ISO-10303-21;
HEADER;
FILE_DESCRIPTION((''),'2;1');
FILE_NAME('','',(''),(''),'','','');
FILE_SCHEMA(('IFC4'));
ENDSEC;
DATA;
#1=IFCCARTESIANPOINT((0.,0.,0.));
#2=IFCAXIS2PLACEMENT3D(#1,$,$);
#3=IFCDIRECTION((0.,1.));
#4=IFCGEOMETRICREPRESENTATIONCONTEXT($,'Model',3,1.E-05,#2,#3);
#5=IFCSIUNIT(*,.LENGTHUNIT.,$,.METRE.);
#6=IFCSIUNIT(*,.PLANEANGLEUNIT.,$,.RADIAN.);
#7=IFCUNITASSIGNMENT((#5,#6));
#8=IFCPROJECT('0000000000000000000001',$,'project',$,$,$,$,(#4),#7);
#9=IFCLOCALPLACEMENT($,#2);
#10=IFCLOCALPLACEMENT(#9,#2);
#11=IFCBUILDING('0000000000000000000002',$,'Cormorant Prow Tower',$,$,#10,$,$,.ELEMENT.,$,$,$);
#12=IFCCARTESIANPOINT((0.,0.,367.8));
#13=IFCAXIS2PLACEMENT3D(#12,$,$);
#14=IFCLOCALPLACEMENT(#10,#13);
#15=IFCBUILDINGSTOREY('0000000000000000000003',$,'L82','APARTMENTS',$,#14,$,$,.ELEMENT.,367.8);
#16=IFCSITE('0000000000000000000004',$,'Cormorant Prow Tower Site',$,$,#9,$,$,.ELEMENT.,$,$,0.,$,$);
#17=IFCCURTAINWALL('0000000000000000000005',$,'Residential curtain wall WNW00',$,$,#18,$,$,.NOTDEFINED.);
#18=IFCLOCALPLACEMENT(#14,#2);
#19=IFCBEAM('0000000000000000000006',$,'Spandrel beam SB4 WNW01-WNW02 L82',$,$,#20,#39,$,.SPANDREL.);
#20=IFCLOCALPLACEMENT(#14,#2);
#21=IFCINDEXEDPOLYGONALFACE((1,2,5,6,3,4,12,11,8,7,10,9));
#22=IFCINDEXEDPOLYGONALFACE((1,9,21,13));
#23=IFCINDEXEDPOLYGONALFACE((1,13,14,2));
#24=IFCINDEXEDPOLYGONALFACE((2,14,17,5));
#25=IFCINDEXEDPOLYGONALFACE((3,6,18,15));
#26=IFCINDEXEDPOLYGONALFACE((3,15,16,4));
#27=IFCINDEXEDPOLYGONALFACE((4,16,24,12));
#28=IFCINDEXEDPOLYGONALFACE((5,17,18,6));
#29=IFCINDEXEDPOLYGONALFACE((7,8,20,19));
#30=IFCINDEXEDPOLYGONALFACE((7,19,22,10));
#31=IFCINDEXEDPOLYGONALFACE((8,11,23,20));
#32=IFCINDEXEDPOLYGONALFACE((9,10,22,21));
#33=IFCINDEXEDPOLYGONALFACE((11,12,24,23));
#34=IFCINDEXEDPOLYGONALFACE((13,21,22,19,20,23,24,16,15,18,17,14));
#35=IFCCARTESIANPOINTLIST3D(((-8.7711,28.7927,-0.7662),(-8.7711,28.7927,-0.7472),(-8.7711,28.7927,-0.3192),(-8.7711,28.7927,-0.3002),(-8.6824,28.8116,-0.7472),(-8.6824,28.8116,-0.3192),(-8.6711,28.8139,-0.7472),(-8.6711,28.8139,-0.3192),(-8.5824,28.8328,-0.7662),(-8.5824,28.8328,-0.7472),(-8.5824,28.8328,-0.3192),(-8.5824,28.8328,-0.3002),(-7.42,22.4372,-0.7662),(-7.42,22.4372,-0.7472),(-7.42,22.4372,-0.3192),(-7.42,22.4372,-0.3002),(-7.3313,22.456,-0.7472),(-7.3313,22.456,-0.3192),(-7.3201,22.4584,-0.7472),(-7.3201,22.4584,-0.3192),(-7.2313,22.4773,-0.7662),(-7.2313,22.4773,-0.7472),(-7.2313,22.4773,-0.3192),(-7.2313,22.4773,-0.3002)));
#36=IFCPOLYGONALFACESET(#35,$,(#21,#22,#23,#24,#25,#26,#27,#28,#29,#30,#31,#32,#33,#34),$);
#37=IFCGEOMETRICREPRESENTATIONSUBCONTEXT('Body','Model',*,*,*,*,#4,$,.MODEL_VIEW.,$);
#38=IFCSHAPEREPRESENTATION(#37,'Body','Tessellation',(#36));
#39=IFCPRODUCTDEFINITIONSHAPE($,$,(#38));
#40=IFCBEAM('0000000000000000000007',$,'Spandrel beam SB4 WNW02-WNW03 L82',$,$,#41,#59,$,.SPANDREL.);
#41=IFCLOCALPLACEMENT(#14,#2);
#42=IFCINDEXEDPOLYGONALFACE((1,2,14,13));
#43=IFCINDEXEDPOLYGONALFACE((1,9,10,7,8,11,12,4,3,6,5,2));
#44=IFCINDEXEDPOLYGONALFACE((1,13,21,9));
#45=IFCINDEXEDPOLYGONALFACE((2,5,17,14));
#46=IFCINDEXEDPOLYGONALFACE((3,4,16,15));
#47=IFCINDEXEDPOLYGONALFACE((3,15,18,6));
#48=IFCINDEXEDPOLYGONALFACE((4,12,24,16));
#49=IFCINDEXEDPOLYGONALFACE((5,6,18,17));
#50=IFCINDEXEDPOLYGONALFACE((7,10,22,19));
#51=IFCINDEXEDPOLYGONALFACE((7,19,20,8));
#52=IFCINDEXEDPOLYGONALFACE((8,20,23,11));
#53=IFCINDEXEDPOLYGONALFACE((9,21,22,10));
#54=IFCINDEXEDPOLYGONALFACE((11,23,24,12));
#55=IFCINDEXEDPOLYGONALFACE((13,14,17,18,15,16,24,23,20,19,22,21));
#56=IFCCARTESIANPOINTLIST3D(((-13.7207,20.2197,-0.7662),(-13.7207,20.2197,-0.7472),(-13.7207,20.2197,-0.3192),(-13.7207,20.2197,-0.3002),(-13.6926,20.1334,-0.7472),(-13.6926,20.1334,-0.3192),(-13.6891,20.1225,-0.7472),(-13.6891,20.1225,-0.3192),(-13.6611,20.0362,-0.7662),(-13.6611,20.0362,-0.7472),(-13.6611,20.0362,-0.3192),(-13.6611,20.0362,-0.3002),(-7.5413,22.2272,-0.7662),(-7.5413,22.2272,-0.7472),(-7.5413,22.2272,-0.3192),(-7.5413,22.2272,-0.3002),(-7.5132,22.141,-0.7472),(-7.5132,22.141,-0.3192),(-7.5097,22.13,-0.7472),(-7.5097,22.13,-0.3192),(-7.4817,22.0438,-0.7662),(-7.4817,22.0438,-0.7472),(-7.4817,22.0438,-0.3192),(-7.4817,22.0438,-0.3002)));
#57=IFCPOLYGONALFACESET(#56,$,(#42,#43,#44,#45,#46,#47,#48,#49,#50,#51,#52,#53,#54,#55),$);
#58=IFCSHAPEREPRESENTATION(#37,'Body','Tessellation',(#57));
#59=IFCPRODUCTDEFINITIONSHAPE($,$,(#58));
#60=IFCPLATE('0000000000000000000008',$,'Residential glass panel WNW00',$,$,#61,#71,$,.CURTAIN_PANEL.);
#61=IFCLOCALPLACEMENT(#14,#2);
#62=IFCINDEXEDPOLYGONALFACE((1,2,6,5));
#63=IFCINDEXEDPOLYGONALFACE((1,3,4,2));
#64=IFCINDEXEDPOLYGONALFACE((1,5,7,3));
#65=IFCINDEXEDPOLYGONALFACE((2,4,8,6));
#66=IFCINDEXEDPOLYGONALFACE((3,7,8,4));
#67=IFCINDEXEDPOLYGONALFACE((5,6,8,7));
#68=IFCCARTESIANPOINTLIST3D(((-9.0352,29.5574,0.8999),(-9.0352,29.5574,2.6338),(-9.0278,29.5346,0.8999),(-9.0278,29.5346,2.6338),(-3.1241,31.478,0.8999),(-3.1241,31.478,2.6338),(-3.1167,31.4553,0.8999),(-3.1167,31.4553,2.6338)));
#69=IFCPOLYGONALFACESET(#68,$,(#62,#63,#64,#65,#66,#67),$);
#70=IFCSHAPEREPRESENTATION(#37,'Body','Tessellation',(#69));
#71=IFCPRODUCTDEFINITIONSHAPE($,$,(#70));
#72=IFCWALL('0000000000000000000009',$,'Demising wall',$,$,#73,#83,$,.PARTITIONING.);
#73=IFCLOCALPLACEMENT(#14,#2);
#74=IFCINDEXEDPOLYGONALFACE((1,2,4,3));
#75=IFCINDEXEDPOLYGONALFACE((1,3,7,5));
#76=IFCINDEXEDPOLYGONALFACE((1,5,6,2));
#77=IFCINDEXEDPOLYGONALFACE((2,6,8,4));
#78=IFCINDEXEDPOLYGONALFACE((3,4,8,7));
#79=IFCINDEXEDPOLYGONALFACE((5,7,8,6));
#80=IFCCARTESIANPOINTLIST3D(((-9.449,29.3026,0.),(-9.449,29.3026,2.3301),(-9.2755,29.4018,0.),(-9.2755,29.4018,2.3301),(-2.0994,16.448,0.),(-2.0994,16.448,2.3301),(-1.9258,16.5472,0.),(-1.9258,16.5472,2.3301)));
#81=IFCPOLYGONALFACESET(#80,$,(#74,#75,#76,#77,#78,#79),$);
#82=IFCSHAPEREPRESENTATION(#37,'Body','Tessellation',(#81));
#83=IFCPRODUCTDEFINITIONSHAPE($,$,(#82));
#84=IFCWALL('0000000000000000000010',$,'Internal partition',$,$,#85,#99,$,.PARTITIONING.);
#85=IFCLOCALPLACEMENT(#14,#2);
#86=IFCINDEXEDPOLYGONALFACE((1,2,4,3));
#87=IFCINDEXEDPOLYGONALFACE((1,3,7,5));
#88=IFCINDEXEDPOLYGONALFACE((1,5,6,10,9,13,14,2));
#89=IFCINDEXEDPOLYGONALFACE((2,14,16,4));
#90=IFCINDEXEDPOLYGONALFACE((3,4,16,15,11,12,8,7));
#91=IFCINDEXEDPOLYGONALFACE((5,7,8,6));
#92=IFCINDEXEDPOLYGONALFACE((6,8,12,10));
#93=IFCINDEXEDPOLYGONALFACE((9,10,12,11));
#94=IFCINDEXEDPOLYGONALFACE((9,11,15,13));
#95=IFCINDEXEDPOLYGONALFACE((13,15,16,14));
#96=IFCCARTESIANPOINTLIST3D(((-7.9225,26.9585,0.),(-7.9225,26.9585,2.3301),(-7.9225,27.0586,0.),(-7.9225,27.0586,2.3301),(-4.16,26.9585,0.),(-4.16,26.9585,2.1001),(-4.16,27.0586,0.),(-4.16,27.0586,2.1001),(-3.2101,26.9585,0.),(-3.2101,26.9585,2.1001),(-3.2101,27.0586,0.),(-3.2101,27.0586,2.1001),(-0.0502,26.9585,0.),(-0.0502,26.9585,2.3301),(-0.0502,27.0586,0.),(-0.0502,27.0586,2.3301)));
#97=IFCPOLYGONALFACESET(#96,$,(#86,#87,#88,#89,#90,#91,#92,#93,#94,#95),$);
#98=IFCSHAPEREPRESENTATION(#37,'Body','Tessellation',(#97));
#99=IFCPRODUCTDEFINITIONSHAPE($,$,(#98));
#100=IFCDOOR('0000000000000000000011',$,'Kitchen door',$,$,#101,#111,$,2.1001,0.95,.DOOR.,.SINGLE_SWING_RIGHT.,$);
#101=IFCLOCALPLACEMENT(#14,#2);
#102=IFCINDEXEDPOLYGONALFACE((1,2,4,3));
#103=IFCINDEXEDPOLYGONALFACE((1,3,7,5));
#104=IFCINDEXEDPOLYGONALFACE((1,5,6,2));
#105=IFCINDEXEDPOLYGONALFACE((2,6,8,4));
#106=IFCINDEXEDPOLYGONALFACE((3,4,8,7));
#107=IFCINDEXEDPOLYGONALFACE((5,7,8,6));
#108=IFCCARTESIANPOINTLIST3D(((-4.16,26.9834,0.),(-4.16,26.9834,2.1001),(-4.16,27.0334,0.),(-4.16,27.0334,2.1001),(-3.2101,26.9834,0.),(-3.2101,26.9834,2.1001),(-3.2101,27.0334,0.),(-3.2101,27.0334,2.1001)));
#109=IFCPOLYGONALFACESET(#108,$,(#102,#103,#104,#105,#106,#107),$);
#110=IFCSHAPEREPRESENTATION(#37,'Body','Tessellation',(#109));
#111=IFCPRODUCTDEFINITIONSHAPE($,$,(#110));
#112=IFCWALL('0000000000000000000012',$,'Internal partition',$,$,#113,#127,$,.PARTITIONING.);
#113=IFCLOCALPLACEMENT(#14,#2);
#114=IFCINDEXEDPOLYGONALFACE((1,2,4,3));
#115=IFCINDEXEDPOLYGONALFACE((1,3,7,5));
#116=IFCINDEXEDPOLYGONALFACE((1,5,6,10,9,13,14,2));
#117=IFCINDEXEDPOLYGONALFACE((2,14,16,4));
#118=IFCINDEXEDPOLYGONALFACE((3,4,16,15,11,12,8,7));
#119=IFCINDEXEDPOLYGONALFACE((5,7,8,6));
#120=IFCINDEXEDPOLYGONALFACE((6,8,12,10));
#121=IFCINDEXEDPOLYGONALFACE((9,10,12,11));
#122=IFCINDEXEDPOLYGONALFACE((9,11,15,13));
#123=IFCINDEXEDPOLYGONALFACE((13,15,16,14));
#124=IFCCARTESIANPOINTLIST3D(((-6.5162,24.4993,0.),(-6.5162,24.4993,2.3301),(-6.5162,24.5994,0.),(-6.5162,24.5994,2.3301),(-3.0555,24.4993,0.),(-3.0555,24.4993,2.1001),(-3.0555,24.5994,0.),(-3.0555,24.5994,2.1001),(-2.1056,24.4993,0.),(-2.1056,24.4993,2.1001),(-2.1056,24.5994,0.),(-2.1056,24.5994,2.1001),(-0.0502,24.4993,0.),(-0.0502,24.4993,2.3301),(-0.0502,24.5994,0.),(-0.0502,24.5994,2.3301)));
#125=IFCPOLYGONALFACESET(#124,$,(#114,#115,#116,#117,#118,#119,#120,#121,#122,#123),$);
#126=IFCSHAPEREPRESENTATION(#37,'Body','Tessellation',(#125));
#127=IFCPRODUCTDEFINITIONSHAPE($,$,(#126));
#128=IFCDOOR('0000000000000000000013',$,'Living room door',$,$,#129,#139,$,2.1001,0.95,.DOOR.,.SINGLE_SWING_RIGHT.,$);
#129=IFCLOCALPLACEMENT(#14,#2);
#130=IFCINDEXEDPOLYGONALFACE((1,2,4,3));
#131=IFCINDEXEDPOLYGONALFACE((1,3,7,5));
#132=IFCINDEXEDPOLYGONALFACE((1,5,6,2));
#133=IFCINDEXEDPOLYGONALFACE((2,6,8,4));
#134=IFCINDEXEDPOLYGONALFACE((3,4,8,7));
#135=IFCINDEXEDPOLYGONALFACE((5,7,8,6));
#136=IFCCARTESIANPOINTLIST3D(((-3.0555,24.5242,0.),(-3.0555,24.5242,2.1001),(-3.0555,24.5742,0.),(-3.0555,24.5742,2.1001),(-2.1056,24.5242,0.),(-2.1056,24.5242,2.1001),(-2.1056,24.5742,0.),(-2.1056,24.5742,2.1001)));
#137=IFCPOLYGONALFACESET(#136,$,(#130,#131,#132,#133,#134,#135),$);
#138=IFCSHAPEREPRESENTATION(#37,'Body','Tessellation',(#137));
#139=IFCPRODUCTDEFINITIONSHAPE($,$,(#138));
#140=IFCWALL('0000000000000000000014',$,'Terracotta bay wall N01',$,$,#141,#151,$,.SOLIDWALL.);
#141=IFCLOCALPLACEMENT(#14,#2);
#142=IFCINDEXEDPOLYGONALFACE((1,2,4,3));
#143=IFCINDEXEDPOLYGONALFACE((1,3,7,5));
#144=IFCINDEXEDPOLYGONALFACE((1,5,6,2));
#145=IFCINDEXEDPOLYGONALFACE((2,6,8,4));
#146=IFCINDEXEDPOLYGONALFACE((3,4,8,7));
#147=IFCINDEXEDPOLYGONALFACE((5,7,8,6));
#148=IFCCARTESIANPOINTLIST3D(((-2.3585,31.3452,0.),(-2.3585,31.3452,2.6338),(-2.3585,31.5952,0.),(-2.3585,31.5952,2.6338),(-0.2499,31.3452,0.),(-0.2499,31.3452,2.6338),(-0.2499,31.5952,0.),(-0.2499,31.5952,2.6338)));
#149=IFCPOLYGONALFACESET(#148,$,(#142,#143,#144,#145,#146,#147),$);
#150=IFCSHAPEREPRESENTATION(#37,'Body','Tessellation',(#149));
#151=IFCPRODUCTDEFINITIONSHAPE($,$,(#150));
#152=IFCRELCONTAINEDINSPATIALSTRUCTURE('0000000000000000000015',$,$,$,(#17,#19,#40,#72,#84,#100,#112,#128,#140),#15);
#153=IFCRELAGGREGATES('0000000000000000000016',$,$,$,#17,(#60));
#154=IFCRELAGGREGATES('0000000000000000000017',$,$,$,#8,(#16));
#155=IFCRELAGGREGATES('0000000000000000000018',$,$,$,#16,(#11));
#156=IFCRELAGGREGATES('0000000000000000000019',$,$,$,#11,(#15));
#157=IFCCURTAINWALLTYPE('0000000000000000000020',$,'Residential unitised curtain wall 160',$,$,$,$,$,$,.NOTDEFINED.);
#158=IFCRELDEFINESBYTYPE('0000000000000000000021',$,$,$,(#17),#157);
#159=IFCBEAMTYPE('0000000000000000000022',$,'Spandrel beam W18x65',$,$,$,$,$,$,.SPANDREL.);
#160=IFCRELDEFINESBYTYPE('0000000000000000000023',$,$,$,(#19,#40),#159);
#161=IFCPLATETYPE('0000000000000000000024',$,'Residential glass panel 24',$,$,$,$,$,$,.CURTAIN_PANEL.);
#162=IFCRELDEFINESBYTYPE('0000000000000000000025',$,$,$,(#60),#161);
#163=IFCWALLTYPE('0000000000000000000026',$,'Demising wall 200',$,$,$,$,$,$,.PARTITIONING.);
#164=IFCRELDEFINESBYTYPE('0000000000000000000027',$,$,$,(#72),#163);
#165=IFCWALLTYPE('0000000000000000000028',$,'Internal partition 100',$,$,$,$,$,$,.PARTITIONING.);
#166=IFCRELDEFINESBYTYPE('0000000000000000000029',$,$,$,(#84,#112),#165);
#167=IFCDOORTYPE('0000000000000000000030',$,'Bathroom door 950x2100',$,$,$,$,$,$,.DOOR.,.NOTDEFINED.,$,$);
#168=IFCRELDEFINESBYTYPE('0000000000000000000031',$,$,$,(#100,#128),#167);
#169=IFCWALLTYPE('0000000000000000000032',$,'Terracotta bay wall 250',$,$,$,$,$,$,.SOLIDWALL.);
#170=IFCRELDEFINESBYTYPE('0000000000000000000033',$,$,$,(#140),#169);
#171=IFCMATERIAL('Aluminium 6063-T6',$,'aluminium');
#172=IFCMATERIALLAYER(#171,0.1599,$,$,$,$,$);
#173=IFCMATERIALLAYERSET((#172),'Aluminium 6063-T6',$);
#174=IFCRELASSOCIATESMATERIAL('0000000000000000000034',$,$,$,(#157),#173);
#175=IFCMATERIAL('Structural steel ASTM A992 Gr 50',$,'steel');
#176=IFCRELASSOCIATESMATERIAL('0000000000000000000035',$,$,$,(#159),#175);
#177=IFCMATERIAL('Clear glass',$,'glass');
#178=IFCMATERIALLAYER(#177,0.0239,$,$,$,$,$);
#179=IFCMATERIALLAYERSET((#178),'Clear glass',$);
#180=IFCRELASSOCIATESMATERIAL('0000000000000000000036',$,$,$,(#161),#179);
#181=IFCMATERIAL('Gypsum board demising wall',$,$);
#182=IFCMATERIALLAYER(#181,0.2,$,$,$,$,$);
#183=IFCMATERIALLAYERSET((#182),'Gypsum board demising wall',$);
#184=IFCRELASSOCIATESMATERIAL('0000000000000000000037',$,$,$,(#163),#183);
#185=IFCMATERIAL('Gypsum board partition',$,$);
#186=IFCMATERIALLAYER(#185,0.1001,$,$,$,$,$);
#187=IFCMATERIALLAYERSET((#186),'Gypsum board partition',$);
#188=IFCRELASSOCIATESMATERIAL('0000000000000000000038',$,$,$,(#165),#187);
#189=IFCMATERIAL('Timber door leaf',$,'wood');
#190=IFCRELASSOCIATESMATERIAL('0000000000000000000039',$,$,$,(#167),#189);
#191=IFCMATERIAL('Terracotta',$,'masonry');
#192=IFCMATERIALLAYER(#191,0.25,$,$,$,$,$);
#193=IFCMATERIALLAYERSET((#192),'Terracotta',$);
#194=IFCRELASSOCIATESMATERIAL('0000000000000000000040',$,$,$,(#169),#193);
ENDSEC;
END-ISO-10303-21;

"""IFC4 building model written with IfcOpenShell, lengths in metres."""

from ifc_helpers import new_model, si_unit, direction, frame, frame_2d, origin, origin_2d, place, context, subcontext, project, spatial, rectangle, i_section, extrude, material, layer, layer_set, material_profile, profile_set, type_object, element, fill, aggregate, save


model = new_model("IFC4")

# Units and contexts
model_context = context("Model", 3, precision=1e-05, world=origin(), true_north=direction((0.0, 1.0)))
body_context = subcontext(model_context, "Body", "Model", "MODEL_VIEW")
ifc_project = project(units=[si_unit("LENGTHUNIT", "METRE"), si_unit("PLANEANGLEUNIT", "RADIAN")], contexts=[model_context])

# Site, building, storey
site_placement = place(None, origin())
site = spatial("IfcSite", under=ifc_project, at=site_placement, Name="Cormorant Prow Tower Site", CompositionType="ELEMENT", RefElevation=0.0)
building_placement = place(site_placement, origin())
building = spatial("IfcBuilding", under=site, at=building_placement, Name="Cormorant Prow Tower", CompositionType="ELEMENT")
storey_placement = place(building_placement, frame((0.0, 0.0, 367.8)))
storey = spatial("IfcBuildingStorey", under=building, at=storey_placement, Name="L82", Description="APARTMENTS", CompositionType="ELEMENT", Elevation=367.8)

# Curtain wall
ifc_material_1 = material(Name="Aluminium 6063-T6", Category="aluminium")
ifc_layer_1 = layer(ifc_material_1, 0.1599)
ifc_layer_set_1 = layer_set([ifc_layer_1], Name="Aluminium 6063-T6")
curtain_wall_type = type_object("IfcCurtainWallType", Name="Residential unitised curtain wall 160", PredefinedType="NOTDEFINED", material=ifc_layer_set_1)
curtain_wall_1_placement = place(storey_placement, origin())
curtain_wall_1 = element("IfcCurtainWall", 1, at=curtain_wall_1_placement, inside=storey, type_object=curtain_wall_type, Name="Residential curtain wall WNW00", PredefinedType="NOTDEFINED")

# Beams
ifc_material_2 = material(Name="Structural steel ASTM A992 Gr 50", Category="steel")
ifc_material_profile_1 = material_profile(ifc_material_2, i_section(OverallWidth=0.1929, OverallDepth=0.4661, WebThickness=0.0115, FlangeThickness=0.019, at=origin_2d()), Name="W18x65")
ifc_profile_set_1 = profile_set([ifc_material_profile_1], Name="Structural steel ASTM A992 Gr 50")
beam_type = type_object("IfcBeamType", Name="Spandrel beam W18x65", PredefinedType="SPANDREL", material=ifc_profile_set_1)
for number, where, z_axis, x_axis, name in (
    (2, (-8.6768, 28.8127, -0.5332), (0.207938, -0.978142, 0.0), (0.978142, 0.207938, 0.0), "Spandrel beam SB4 WNW01-WNW02 L82"),
):
    element("IfcBeam", number, at=place(storey_placement, frame(where, z_axis=z_axis, x_axis=x_axis)), inside=storey, type_object=beam_type, Name=name, PredefinedType="SPANDREL", context=body_context, shape_type="SweptSolid", body=[
        extrude(i_section(OverallWidth=0.1929, OverallDepth=0.4661, WebThickness=0.0115, FlangeThickness=0.019, at=origin_2d()), origin(), (0.0, 0.0, 1.0), 6.4976),
    ])
beam_1_placement = place(storey_placement, frame((-7.5115, 22.1355, -0.5332), z_axis=(-0.951068, -0.308982, 0.0), x_axis=(0.308982, -0.951068, 0.0)))
element("IfcBeam", 3, at=beam_1_placement, inside=storey, type_object=beam_type, Name="Spandrel beam SB4 WNW02-WNW03 L82", PredefinedType="SPANDREL", context=body_context, shape_type="SweptSolid", body=[
    extrude(i_section(OverallWidth=0.1929, OverallDepth=0.4661, WebThickness=0.0115, FlangeThickness=0.019, at=origin_2d()), origin(), (0.0, 0.0, 1.0), 6.4973),
])

# Plate
ifc_material_3 = material(Name="Clear glass", Category="glass")
ifc_layer_2 = layer(ifc_material_3, 0.0239)
ifc_layer_set_2 = layer_set([ifc_layer_2], Name="Clear glass")
plate_type = type_object("IfcPlateType", Name="Residential glass panel 24", PredefinedType="CURTAIN_PANEL", material=ifc_layer_set_2)
plate_placement = place(storey_placement, frame((-6.0759, 30.5063, 0.8999), z_axis=(0.0, 0.0, 1.0), x_axis=(-0.951057, -0.309017, 0.0)))
plate = element("IfcPlate", 4, at=plate_placement, type_object=plate_type, Name="Residential glass panel WNW00", PredefinedType="CURTAIN_PANEL", context=body_context, shape_type="SweptSolid", body=[
    extrude(rectangle(XDim=6.2153, YDim=0.0239, at=origin_2d()), origin(), (0.0, 0.0, 1.0), 1.7339),
])
aggregate(curtain_wall_1, [plate])

# Wall
ifc_material_4 = material(Name="Gypsum board demising wall")
ifc_layer_3 = layer(ifc_material_4, 0.2)
ifc_layer_set_3 = layer_set([ifc_layer_3], Name="Gypsum board demising wall")
wall_type_1 = type_object("IfcWallType", Name="Demising wall 200", PredefinedType="PARTITIONING", material=ifc_layer_set_3)
wall_1_placement = place(storey_placement, frame((-9.3623, 29.3523, 0.0), z_axis=(0.0, 0.0, 1.0), x_axis=(0.496352, -0.868121, 0.0)))
element("IfcWall", 5, at=wall_1_placement, inside=storey, type_object=wall_type_1, Name="Demising wall", PredefinedType="PARTITIONING", context=body_context, shape_type="SweptSolid", body=[
    extrude(rectangle(XDim=14.8074, YDim=0.2, at=frame_2d((7.4038, 0.0))), origin(), (0.0, 0.0, 1.0), 2.3301),
])

# Walls, openings, doors
ifc_material_5 = material(Name="Gypsum board partition")
ifc_layer_4 = layer(ifc_material_5, 0.1001)
ifc_layer_set_4 = layer_set([ifc_layer_4], Name="Gypsum board partition")
wall_type_2 = type_object("IfcWallType", Name="Internal partition 100", PredefinedType="PARTITIONING", material=ifc_layer_set_4)
wall_2_placement = place(storey_placement, frame((-7.9224, 27.0085, 0.0), z_axis=(0.0, 0.0, 1.0), x_axis=(1.0, 0.0, 0.0)))
wall_2 = element("IfcWall", 6, at=wall_2_placement, inside=storey, type_object=wall_type_2, Name="Internal partition", PredefinedType="PARTITIONING", context=body_context, shape_type="SweptSolid", body=[
    extrude(rectangle(XDim=7.8723, YDim=0.1001, at=frame_2d((3.936, 0.0))), origin(), (0.0, 0.0, 1.0), 2.3301),
])
opening_1_placement = place(wall_2_placement, frame((3.7622, 0.0, 0.0)))
opening_1 = element("IfcOpeningElement", 7, at=opening_1_placement, cuts=wall_2, PredefinedType="OPENING", context=body_context, shape_type="SweptSolid", body=[
    extrude(rectangle(XDim=0.95, YDim=2.1001, at=frame_2d((0.4751, 1.05))), frame((0.0, 0.0601, 0.0), z_axis=(0.0, -1.0, 0.0), x_axis=(1.0, 0.0, 0.0)), (0.0, 0.0, 1.0), 0.1201),
])
ifc_material_6 = material(Name="Timber door leaf", Category="wood")
door_type_1 = type_object("IfcDoorType", Name="Bathroom door 950x2100", OperationType="NOTDEFINED", PredefinedType="DOOR", material=ifc_material_6)
door_1_placement = place(opening_1_placement, origin())
door_1 = element("IfcDoor", 8, at=door_1_placement, inside=storey, type_object=door_type_1, Name="Kitchen door", OperationType="SINGLE_SWING_RIGHT", OverallHeight=2.1001, OverallWidth=0.95, PredefinedType="DOOR", context=body_context, shape_type="SweptSolid", body=[
    extrude(rectangle(XDim=0.95, YDim=2.1001, at=frame_2d((0.4751, 1.05))), frame((0.0, 0.0249, 0.0), z_axis=(0.0, -1.0, 0.0), x_axis=(1.0, 0.0, 0.0)), (0.0, 0.0, 1.0), 0.05),
])
fill(opening_1, door_1)
wall_3_placement = place(storey_placement, frame((-6.5161, 24.5493, 0.0), z_axis=(0.0, 0.0, 1.0), x_axis=(1.0, 0.0, 0.0)))
wall_3 = element("IfcWall", 9, at=wall_3_placement, inside=storey, type_object=wall_type_2, Name="Internal partition", PredefinedType="PARTITIONING", context=body_context, shape_type="SweptSolid", body=[
    extrude(rectangle(XDim=6.4661, YDim=0.1001, at=frame_2d((3.2329, 0.0))), origin(), (0.0, 0.0, 1.0), 2.3301),
])
opening_2_placement = place(wall_3_placement, frame((3.4604, 0.0, 0.0)))
opening_2 = element("IfcOpeningElement", 10, at=opening_2_placement, cuts=wall_3, PredefinedType="OPENING", context=body_context, shape_type="SweptSolid", body=[
    extrude(rectangle(XDim=0.95, YDim=2.1001, at=frame_2d((0.4751, 1.05))), frame((0.0, 0.0601, 0.0), z_axis=(0.0, -1.0, 0.0), x_axis=(1.0, 0.0, 0.0)), (0.0, 0.0, 1.0), 0.1201),
])
door_2_placement = place(opening_2_placement, origin())
door_2 = element("IfcDoor", 11, at=door_2_placement, inside=storey, type_object=door_type_1, Name="Living room door", OperationType="SINGLE_SWING_RIGHT", OverallHeight=2.1001, OverallWidth=0.95, PredefinedType="DOOR", context=body_context, shape_type="SweptSolid", body=[
    extrude(rectangle(XDim=0.95, YDim=2.1001, at=frame_2d((0.4751, 1.05))), frame((0.0, 0.0249, 0.0), z_axis=(0.0, -1.0, 0.0), x_axis=(1.0, 0.0, 0.0)), (0.0, 0.0, 1.0), 0.05),
])
fill(opening_2, door_2)

# Wall
ifc_material_7 = material(Name="Terracotta", Category="masonry")
ifc_layer_5 = layer(ifc_material_7, 0.25)
ifc_layer_set_5 = layer_set([ifc_layer_5], Name="Terracotta")
wall_type_3 = type_object("IfcWallType", Name="Terracotta bay wall 250", PredefinedType="SOLIDWALL", material=ifc_layer_set_5)
wall_4_placement = place(storey_placement, frame((-0.25, 31.4702, 0.0), z_axis=(0.0, 0.0, 1.0), x_axis=(-1.0, 0.0, 0.0)))
element("IfcWall", 12, at=wall_4_placement, inside=storey, type_object=wall_type_3, Name="Terracotta bay wall N01", PredefinedType="SOLIDWALL", context=body_context, shape_type="SweptSolid", body=[
    extrude(rectangle(XDim=2.1086, YDim=0.25, at=frame_2d((1.0542, 0.0))), origin(), (0.0, 0.0, 1.0), 2.6338),
])

save(model, "model.ifc")
